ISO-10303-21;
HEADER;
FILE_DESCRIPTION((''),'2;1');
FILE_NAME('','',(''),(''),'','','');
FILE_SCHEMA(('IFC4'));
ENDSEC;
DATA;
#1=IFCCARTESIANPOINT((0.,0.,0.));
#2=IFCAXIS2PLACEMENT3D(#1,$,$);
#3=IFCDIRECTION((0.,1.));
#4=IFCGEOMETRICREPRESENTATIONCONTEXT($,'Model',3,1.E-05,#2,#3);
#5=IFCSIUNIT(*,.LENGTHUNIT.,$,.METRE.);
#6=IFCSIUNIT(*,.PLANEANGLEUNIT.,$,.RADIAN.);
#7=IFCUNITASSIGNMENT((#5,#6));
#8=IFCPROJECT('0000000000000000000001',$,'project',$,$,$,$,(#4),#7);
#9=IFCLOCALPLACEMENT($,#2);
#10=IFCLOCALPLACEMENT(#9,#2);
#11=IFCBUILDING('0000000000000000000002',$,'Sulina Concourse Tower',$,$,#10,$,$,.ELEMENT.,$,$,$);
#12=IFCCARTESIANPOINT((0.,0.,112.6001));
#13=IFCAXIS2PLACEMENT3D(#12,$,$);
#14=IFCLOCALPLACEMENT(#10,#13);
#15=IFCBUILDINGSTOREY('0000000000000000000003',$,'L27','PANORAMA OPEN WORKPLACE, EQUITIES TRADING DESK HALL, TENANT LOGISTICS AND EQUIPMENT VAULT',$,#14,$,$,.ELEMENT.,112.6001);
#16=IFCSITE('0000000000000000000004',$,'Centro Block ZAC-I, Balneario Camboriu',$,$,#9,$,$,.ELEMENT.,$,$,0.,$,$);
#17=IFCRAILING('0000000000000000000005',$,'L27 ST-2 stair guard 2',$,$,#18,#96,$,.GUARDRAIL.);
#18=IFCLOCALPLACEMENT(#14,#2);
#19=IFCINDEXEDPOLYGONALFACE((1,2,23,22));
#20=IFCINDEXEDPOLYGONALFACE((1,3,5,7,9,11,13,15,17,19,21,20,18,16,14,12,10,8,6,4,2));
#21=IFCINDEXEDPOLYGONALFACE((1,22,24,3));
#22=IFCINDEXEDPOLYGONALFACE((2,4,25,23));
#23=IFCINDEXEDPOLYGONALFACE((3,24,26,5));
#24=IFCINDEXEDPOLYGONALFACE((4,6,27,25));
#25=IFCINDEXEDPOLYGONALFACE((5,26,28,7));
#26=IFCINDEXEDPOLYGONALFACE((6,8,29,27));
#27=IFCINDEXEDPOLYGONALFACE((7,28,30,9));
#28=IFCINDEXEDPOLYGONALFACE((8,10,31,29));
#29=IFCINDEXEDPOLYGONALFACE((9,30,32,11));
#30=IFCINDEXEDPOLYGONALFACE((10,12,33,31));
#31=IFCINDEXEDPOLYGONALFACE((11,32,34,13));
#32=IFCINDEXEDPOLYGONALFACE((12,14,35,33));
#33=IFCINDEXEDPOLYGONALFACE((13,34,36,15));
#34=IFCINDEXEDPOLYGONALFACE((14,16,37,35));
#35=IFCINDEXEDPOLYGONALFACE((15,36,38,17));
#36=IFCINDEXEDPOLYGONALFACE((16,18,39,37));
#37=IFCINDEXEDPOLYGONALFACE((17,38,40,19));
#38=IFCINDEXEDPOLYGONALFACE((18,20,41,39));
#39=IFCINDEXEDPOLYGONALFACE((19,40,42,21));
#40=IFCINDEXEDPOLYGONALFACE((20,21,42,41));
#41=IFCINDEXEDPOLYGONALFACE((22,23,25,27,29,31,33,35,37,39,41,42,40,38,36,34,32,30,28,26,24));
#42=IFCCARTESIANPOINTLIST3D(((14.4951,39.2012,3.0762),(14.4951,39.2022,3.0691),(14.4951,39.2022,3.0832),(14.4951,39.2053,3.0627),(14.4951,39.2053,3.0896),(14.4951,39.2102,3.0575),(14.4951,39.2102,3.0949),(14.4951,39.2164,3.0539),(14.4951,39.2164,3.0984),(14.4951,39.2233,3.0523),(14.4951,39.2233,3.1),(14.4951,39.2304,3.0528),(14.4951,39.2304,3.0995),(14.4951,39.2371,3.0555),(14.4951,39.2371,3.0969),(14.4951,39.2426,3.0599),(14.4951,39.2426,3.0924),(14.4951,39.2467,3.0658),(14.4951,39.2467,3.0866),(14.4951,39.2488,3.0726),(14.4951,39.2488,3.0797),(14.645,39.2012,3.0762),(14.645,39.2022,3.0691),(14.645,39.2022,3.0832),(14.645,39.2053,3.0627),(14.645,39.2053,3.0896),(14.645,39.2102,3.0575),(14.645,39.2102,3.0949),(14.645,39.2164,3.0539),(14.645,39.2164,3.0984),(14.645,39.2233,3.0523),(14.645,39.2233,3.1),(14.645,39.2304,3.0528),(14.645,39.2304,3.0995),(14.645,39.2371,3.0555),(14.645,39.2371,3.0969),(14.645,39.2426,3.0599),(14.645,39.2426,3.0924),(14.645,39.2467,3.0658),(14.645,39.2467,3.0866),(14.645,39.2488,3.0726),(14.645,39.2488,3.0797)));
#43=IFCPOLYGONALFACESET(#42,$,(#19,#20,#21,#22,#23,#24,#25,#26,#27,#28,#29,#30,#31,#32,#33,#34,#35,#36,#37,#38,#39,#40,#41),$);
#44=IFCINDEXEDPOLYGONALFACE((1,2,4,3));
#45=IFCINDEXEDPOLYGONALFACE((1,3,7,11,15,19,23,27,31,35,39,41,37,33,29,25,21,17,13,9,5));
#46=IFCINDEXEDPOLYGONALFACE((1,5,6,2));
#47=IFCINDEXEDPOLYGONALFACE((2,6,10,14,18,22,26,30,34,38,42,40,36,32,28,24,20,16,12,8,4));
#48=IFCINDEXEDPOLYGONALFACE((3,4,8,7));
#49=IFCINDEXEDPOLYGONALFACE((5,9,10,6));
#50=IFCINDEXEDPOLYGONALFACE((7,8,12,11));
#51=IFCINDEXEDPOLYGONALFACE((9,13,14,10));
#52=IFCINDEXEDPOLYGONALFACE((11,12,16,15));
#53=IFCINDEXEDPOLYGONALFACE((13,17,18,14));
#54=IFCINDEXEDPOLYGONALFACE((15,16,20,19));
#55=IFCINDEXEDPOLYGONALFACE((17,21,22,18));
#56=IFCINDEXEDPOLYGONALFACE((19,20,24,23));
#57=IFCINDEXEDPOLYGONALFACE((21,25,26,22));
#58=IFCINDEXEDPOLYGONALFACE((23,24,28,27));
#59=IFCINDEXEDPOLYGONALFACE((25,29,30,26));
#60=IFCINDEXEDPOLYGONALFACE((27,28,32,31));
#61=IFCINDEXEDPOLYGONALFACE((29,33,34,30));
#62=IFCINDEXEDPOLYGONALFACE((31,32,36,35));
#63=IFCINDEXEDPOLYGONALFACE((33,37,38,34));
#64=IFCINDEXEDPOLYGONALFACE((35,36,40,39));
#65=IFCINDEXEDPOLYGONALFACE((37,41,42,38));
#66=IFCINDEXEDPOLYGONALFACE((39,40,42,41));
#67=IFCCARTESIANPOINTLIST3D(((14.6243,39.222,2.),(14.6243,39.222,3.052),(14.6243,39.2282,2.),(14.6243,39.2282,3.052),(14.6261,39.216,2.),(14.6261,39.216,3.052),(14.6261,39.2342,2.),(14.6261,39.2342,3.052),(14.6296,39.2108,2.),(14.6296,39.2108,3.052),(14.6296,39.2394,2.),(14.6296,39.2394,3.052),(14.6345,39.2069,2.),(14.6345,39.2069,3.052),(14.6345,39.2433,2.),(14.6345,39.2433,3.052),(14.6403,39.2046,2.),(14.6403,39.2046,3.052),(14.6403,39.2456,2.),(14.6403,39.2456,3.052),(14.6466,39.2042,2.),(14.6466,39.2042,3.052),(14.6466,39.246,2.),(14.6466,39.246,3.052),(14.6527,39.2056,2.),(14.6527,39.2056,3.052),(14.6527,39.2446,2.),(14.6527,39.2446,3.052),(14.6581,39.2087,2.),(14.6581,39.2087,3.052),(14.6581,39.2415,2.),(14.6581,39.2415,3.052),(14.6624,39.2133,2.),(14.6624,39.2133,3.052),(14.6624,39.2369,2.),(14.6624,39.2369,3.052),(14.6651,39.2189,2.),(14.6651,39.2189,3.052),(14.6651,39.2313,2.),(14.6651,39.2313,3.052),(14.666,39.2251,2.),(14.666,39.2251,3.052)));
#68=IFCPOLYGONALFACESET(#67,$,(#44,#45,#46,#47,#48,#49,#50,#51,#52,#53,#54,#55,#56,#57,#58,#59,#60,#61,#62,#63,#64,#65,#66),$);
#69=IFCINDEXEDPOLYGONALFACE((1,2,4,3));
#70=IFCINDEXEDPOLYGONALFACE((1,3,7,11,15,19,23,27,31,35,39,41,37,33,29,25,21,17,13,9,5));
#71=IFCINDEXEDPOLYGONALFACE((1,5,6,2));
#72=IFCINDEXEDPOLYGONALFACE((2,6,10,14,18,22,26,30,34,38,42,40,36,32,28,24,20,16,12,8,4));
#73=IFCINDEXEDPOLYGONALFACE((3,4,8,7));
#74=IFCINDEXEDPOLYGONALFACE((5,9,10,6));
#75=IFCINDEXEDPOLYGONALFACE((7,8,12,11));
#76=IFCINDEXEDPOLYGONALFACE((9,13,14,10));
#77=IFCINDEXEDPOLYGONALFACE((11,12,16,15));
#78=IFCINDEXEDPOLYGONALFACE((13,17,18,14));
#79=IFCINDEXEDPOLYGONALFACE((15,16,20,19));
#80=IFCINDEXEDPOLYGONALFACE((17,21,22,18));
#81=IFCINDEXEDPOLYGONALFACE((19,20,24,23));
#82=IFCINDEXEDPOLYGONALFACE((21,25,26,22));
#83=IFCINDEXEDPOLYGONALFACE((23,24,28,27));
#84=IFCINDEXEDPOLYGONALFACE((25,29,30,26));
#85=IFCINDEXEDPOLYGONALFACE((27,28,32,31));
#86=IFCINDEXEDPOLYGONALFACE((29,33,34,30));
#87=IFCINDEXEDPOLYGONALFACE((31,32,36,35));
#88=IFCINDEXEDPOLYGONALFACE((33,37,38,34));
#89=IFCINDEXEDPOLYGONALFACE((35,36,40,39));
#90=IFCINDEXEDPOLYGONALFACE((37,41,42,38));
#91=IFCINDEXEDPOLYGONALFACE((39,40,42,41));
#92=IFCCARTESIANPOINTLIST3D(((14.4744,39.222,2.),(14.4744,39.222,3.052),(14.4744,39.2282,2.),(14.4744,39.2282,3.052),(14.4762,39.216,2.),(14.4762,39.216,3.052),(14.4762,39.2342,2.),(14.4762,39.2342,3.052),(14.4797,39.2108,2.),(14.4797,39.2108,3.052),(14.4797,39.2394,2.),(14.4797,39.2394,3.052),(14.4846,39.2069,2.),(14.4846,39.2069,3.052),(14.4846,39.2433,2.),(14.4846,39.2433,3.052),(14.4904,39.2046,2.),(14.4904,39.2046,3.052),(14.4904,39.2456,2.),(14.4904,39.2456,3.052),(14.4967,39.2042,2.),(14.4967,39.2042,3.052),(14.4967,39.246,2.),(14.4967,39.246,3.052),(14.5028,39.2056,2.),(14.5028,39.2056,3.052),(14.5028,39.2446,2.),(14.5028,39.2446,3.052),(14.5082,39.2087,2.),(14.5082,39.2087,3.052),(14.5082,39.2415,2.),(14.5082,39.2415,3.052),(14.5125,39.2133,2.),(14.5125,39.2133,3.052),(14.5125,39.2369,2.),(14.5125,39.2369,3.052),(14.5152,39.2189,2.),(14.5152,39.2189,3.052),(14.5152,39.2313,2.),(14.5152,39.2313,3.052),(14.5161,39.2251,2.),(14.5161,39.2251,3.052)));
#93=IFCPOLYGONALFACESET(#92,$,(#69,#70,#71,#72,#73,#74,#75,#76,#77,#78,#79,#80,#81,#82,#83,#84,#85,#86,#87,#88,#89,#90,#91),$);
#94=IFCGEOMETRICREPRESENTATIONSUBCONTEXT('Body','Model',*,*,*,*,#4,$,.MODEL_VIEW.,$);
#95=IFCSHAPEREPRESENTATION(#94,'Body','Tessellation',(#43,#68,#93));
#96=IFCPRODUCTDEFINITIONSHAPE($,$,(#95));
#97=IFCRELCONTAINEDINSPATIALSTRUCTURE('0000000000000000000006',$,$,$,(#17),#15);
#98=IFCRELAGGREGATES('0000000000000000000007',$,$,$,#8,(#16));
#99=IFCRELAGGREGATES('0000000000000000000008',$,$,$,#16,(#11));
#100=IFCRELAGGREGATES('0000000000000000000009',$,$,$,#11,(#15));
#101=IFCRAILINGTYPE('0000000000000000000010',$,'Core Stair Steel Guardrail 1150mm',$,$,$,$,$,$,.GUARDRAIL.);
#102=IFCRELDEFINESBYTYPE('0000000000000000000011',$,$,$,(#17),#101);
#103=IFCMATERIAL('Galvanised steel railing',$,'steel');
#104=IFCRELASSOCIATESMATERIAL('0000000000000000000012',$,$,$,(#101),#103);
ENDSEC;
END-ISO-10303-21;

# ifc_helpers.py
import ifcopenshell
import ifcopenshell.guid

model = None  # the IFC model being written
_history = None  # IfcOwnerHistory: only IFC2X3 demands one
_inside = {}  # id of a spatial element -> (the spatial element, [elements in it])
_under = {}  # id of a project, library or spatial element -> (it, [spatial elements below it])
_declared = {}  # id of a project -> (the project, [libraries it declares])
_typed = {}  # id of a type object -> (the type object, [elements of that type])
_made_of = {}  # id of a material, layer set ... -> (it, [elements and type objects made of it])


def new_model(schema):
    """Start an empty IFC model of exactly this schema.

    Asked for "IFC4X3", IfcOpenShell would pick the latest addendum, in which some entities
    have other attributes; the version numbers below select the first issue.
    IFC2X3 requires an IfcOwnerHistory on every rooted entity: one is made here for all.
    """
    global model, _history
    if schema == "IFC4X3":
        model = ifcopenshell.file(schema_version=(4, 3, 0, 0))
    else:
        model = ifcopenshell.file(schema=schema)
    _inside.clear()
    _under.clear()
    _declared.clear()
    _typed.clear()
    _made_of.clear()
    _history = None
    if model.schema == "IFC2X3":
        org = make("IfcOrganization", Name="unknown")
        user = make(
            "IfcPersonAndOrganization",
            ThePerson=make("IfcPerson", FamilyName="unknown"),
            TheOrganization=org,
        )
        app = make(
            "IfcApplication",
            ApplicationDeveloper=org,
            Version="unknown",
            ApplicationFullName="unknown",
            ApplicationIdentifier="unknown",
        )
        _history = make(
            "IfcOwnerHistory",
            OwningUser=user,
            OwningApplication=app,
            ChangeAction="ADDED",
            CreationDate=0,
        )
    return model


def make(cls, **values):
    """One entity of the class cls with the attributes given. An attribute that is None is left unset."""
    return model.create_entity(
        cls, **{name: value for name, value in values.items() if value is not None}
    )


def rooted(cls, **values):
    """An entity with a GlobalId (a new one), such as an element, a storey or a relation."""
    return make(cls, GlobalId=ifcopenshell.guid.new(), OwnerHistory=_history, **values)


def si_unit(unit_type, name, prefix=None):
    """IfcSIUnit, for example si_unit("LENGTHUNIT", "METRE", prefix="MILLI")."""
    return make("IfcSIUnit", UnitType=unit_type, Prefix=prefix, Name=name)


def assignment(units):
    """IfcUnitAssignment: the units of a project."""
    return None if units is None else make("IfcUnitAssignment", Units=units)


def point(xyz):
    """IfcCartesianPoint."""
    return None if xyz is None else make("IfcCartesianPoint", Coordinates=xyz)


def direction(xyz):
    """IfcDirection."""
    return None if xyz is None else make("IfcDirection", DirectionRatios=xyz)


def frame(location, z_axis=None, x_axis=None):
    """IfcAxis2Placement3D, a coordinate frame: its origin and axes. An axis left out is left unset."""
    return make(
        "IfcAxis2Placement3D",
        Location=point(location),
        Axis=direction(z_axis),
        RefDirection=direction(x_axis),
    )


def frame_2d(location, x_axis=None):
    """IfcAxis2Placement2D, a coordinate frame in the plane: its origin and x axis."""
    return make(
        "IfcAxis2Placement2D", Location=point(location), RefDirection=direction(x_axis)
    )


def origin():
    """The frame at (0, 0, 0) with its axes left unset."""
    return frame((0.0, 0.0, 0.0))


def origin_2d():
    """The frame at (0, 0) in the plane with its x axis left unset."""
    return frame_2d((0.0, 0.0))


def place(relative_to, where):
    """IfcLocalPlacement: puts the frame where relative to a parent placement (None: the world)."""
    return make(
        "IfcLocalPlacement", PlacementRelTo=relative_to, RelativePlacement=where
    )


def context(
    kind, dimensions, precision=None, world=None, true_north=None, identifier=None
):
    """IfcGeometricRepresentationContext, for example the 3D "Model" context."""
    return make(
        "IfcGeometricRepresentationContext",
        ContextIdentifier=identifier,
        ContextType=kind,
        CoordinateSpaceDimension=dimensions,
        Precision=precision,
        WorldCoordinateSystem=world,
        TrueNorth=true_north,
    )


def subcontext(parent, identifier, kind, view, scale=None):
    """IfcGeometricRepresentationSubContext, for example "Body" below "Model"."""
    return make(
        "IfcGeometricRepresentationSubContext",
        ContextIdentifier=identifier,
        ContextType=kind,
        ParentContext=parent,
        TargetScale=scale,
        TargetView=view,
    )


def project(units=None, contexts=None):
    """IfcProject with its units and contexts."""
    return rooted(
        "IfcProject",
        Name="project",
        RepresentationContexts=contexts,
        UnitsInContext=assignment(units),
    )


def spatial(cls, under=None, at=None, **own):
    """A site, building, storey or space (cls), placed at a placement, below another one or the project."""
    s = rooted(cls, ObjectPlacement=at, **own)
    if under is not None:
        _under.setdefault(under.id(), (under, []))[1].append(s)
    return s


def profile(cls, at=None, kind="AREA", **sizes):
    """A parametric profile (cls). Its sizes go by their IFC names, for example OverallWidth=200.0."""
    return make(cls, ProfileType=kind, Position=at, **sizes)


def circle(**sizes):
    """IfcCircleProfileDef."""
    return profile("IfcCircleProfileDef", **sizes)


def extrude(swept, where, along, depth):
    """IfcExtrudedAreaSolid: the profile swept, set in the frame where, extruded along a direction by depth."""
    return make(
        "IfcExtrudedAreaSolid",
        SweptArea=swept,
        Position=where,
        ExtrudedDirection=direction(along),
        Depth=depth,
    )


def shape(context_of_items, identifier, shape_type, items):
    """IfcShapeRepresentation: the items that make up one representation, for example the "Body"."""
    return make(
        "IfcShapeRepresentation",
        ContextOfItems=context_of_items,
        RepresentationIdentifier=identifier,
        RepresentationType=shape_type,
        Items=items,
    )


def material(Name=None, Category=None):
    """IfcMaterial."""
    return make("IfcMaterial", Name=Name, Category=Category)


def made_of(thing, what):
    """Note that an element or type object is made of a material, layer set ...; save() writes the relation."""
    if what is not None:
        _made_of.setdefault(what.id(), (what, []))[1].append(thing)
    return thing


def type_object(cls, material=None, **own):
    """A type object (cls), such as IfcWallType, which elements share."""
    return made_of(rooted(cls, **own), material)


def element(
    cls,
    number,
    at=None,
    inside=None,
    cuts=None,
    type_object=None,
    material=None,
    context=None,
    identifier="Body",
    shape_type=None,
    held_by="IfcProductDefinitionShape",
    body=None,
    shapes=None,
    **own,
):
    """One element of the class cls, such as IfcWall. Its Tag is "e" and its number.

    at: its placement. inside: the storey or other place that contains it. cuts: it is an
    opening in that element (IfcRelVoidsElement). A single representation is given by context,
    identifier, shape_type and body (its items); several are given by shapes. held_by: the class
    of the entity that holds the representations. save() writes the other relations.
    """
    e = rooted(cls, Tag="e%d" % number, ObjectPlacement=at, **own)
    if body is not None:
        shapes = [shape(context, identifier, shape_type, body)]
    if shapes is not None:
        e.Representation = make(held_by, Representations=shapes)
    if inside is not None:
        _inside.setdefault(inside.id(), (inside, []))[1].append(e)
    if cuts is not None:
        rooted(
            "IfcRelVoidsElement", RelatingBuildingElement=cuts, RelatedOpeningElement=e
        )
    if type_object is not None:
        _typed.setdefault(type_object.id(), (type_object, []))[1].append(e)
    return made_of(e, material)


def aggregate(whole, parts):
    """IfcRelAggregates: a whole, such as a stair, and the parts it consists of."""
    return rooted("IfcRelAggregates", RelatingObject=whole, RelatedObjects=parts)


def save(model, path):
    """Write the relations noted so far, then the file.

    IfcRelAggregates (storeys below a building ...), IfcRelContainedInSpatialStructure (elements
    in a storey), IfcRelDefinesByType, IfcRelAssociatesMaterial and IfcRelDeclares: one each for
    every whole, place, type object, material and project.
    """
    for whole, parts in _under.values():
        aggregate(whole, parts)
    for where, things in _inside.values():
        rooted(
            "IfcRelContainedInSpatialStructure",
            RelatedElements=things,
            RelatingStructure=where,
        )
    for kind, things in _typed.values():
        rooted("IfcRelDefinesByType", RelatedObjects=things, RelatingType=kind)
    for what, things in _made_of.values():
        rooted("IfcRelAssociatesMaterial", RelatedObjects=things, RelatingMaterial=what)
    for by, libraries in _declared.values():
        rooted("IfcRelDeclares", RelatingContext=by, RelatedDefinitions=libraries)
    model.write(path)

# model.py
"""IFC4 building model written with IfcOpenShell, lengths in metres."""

from ifc_helpers import new_model, si_unit, direction, frame, origin, origin_2d, place, context, subcontext, project, spatial, circle, extrude, material, type_object, element, save


model = new_model("IFC4")

# Units and contexts
model_context = context("Model", 3, precision=1e-05, world=origin(), true_north=direction((0.0, 1.0)))
body_context = subcontext(model_context, "Body", "Model", "MODEL_VIEW")
ifc_project = project(units=[si_unit("LENGTHUNIT", "METRE"), si_unit("PLANEANGLEUNIT", "RADIAN")], contexts=[model_context])

# Site, building, storey
site_placement = place(None, origin())
site = spatial("IfcSite", under=ifc_project, at=site_placement, Name="Centro Block ZAC-I, Balneario Camboriu", CompositionType="ELEMENT", RefElevation=0.0)
building_placement = place(site_placement, origin())
building = spatial("IfcBuilding", under=site, at=building_placement, Name="Sulina Concourse Tower", CompositionType="ELEMENT")
storey_placement = place(building_placement, frame((0.0, 0.0, 112.6001)))
storey = spatial("IfcBuildingStorey", under=building, at=storey_placement, Name="L27", Description="PANORAMA OPEN WORKPLACE, EQUITIES TRADING DESK HALL, TENANT LOGISTICS AND EQUIPMENT VAULT", CompositionType="ELEMENT", Elevation=112.6001)

# Railing
ifc_material_1 = material(Name="Galvanised steel railing", Category="steel")
railing_type_1 = type_object("IfcRailingType", Name="Core Stair Steel Guardrail 1150mm", PredefinedType="GUARDRAIL", material=ifc_material_1)
railing_1_placement = place(storey_placement, frame((14.645, 39.2251, 2.0)))
element("IfcRailing", 1, at=railing_1_placement, inside=storey, type_object=railing_type_1, Name="L27 ST-2 stair guard 2", PredefinedType="GUARDRAIL", context=body_context, shape_type="SweptSolid", body=[
    extrude(circle(Radius=0.0239, at=origin_2d()), frame((0.0, 0.0, 1.0762), z_axis=(-1.0, 0.0, 0.0), x_axis=(0.0, -1.0, 0.0)), (0.0, 0.0, 1.0), 0.1499),
    extrude(circle(Radius=0.021, at=origin_2d()), origin(), (0.0, 0.0, 1.0), 1.052),
    extrude(circle(Radius=0.021, at=origin_2d()), frame((-0.1499, 0.0, 0.0)), (0.0, 0.0, 1.0), 1.052),
])

save(model, "model.ifc")
